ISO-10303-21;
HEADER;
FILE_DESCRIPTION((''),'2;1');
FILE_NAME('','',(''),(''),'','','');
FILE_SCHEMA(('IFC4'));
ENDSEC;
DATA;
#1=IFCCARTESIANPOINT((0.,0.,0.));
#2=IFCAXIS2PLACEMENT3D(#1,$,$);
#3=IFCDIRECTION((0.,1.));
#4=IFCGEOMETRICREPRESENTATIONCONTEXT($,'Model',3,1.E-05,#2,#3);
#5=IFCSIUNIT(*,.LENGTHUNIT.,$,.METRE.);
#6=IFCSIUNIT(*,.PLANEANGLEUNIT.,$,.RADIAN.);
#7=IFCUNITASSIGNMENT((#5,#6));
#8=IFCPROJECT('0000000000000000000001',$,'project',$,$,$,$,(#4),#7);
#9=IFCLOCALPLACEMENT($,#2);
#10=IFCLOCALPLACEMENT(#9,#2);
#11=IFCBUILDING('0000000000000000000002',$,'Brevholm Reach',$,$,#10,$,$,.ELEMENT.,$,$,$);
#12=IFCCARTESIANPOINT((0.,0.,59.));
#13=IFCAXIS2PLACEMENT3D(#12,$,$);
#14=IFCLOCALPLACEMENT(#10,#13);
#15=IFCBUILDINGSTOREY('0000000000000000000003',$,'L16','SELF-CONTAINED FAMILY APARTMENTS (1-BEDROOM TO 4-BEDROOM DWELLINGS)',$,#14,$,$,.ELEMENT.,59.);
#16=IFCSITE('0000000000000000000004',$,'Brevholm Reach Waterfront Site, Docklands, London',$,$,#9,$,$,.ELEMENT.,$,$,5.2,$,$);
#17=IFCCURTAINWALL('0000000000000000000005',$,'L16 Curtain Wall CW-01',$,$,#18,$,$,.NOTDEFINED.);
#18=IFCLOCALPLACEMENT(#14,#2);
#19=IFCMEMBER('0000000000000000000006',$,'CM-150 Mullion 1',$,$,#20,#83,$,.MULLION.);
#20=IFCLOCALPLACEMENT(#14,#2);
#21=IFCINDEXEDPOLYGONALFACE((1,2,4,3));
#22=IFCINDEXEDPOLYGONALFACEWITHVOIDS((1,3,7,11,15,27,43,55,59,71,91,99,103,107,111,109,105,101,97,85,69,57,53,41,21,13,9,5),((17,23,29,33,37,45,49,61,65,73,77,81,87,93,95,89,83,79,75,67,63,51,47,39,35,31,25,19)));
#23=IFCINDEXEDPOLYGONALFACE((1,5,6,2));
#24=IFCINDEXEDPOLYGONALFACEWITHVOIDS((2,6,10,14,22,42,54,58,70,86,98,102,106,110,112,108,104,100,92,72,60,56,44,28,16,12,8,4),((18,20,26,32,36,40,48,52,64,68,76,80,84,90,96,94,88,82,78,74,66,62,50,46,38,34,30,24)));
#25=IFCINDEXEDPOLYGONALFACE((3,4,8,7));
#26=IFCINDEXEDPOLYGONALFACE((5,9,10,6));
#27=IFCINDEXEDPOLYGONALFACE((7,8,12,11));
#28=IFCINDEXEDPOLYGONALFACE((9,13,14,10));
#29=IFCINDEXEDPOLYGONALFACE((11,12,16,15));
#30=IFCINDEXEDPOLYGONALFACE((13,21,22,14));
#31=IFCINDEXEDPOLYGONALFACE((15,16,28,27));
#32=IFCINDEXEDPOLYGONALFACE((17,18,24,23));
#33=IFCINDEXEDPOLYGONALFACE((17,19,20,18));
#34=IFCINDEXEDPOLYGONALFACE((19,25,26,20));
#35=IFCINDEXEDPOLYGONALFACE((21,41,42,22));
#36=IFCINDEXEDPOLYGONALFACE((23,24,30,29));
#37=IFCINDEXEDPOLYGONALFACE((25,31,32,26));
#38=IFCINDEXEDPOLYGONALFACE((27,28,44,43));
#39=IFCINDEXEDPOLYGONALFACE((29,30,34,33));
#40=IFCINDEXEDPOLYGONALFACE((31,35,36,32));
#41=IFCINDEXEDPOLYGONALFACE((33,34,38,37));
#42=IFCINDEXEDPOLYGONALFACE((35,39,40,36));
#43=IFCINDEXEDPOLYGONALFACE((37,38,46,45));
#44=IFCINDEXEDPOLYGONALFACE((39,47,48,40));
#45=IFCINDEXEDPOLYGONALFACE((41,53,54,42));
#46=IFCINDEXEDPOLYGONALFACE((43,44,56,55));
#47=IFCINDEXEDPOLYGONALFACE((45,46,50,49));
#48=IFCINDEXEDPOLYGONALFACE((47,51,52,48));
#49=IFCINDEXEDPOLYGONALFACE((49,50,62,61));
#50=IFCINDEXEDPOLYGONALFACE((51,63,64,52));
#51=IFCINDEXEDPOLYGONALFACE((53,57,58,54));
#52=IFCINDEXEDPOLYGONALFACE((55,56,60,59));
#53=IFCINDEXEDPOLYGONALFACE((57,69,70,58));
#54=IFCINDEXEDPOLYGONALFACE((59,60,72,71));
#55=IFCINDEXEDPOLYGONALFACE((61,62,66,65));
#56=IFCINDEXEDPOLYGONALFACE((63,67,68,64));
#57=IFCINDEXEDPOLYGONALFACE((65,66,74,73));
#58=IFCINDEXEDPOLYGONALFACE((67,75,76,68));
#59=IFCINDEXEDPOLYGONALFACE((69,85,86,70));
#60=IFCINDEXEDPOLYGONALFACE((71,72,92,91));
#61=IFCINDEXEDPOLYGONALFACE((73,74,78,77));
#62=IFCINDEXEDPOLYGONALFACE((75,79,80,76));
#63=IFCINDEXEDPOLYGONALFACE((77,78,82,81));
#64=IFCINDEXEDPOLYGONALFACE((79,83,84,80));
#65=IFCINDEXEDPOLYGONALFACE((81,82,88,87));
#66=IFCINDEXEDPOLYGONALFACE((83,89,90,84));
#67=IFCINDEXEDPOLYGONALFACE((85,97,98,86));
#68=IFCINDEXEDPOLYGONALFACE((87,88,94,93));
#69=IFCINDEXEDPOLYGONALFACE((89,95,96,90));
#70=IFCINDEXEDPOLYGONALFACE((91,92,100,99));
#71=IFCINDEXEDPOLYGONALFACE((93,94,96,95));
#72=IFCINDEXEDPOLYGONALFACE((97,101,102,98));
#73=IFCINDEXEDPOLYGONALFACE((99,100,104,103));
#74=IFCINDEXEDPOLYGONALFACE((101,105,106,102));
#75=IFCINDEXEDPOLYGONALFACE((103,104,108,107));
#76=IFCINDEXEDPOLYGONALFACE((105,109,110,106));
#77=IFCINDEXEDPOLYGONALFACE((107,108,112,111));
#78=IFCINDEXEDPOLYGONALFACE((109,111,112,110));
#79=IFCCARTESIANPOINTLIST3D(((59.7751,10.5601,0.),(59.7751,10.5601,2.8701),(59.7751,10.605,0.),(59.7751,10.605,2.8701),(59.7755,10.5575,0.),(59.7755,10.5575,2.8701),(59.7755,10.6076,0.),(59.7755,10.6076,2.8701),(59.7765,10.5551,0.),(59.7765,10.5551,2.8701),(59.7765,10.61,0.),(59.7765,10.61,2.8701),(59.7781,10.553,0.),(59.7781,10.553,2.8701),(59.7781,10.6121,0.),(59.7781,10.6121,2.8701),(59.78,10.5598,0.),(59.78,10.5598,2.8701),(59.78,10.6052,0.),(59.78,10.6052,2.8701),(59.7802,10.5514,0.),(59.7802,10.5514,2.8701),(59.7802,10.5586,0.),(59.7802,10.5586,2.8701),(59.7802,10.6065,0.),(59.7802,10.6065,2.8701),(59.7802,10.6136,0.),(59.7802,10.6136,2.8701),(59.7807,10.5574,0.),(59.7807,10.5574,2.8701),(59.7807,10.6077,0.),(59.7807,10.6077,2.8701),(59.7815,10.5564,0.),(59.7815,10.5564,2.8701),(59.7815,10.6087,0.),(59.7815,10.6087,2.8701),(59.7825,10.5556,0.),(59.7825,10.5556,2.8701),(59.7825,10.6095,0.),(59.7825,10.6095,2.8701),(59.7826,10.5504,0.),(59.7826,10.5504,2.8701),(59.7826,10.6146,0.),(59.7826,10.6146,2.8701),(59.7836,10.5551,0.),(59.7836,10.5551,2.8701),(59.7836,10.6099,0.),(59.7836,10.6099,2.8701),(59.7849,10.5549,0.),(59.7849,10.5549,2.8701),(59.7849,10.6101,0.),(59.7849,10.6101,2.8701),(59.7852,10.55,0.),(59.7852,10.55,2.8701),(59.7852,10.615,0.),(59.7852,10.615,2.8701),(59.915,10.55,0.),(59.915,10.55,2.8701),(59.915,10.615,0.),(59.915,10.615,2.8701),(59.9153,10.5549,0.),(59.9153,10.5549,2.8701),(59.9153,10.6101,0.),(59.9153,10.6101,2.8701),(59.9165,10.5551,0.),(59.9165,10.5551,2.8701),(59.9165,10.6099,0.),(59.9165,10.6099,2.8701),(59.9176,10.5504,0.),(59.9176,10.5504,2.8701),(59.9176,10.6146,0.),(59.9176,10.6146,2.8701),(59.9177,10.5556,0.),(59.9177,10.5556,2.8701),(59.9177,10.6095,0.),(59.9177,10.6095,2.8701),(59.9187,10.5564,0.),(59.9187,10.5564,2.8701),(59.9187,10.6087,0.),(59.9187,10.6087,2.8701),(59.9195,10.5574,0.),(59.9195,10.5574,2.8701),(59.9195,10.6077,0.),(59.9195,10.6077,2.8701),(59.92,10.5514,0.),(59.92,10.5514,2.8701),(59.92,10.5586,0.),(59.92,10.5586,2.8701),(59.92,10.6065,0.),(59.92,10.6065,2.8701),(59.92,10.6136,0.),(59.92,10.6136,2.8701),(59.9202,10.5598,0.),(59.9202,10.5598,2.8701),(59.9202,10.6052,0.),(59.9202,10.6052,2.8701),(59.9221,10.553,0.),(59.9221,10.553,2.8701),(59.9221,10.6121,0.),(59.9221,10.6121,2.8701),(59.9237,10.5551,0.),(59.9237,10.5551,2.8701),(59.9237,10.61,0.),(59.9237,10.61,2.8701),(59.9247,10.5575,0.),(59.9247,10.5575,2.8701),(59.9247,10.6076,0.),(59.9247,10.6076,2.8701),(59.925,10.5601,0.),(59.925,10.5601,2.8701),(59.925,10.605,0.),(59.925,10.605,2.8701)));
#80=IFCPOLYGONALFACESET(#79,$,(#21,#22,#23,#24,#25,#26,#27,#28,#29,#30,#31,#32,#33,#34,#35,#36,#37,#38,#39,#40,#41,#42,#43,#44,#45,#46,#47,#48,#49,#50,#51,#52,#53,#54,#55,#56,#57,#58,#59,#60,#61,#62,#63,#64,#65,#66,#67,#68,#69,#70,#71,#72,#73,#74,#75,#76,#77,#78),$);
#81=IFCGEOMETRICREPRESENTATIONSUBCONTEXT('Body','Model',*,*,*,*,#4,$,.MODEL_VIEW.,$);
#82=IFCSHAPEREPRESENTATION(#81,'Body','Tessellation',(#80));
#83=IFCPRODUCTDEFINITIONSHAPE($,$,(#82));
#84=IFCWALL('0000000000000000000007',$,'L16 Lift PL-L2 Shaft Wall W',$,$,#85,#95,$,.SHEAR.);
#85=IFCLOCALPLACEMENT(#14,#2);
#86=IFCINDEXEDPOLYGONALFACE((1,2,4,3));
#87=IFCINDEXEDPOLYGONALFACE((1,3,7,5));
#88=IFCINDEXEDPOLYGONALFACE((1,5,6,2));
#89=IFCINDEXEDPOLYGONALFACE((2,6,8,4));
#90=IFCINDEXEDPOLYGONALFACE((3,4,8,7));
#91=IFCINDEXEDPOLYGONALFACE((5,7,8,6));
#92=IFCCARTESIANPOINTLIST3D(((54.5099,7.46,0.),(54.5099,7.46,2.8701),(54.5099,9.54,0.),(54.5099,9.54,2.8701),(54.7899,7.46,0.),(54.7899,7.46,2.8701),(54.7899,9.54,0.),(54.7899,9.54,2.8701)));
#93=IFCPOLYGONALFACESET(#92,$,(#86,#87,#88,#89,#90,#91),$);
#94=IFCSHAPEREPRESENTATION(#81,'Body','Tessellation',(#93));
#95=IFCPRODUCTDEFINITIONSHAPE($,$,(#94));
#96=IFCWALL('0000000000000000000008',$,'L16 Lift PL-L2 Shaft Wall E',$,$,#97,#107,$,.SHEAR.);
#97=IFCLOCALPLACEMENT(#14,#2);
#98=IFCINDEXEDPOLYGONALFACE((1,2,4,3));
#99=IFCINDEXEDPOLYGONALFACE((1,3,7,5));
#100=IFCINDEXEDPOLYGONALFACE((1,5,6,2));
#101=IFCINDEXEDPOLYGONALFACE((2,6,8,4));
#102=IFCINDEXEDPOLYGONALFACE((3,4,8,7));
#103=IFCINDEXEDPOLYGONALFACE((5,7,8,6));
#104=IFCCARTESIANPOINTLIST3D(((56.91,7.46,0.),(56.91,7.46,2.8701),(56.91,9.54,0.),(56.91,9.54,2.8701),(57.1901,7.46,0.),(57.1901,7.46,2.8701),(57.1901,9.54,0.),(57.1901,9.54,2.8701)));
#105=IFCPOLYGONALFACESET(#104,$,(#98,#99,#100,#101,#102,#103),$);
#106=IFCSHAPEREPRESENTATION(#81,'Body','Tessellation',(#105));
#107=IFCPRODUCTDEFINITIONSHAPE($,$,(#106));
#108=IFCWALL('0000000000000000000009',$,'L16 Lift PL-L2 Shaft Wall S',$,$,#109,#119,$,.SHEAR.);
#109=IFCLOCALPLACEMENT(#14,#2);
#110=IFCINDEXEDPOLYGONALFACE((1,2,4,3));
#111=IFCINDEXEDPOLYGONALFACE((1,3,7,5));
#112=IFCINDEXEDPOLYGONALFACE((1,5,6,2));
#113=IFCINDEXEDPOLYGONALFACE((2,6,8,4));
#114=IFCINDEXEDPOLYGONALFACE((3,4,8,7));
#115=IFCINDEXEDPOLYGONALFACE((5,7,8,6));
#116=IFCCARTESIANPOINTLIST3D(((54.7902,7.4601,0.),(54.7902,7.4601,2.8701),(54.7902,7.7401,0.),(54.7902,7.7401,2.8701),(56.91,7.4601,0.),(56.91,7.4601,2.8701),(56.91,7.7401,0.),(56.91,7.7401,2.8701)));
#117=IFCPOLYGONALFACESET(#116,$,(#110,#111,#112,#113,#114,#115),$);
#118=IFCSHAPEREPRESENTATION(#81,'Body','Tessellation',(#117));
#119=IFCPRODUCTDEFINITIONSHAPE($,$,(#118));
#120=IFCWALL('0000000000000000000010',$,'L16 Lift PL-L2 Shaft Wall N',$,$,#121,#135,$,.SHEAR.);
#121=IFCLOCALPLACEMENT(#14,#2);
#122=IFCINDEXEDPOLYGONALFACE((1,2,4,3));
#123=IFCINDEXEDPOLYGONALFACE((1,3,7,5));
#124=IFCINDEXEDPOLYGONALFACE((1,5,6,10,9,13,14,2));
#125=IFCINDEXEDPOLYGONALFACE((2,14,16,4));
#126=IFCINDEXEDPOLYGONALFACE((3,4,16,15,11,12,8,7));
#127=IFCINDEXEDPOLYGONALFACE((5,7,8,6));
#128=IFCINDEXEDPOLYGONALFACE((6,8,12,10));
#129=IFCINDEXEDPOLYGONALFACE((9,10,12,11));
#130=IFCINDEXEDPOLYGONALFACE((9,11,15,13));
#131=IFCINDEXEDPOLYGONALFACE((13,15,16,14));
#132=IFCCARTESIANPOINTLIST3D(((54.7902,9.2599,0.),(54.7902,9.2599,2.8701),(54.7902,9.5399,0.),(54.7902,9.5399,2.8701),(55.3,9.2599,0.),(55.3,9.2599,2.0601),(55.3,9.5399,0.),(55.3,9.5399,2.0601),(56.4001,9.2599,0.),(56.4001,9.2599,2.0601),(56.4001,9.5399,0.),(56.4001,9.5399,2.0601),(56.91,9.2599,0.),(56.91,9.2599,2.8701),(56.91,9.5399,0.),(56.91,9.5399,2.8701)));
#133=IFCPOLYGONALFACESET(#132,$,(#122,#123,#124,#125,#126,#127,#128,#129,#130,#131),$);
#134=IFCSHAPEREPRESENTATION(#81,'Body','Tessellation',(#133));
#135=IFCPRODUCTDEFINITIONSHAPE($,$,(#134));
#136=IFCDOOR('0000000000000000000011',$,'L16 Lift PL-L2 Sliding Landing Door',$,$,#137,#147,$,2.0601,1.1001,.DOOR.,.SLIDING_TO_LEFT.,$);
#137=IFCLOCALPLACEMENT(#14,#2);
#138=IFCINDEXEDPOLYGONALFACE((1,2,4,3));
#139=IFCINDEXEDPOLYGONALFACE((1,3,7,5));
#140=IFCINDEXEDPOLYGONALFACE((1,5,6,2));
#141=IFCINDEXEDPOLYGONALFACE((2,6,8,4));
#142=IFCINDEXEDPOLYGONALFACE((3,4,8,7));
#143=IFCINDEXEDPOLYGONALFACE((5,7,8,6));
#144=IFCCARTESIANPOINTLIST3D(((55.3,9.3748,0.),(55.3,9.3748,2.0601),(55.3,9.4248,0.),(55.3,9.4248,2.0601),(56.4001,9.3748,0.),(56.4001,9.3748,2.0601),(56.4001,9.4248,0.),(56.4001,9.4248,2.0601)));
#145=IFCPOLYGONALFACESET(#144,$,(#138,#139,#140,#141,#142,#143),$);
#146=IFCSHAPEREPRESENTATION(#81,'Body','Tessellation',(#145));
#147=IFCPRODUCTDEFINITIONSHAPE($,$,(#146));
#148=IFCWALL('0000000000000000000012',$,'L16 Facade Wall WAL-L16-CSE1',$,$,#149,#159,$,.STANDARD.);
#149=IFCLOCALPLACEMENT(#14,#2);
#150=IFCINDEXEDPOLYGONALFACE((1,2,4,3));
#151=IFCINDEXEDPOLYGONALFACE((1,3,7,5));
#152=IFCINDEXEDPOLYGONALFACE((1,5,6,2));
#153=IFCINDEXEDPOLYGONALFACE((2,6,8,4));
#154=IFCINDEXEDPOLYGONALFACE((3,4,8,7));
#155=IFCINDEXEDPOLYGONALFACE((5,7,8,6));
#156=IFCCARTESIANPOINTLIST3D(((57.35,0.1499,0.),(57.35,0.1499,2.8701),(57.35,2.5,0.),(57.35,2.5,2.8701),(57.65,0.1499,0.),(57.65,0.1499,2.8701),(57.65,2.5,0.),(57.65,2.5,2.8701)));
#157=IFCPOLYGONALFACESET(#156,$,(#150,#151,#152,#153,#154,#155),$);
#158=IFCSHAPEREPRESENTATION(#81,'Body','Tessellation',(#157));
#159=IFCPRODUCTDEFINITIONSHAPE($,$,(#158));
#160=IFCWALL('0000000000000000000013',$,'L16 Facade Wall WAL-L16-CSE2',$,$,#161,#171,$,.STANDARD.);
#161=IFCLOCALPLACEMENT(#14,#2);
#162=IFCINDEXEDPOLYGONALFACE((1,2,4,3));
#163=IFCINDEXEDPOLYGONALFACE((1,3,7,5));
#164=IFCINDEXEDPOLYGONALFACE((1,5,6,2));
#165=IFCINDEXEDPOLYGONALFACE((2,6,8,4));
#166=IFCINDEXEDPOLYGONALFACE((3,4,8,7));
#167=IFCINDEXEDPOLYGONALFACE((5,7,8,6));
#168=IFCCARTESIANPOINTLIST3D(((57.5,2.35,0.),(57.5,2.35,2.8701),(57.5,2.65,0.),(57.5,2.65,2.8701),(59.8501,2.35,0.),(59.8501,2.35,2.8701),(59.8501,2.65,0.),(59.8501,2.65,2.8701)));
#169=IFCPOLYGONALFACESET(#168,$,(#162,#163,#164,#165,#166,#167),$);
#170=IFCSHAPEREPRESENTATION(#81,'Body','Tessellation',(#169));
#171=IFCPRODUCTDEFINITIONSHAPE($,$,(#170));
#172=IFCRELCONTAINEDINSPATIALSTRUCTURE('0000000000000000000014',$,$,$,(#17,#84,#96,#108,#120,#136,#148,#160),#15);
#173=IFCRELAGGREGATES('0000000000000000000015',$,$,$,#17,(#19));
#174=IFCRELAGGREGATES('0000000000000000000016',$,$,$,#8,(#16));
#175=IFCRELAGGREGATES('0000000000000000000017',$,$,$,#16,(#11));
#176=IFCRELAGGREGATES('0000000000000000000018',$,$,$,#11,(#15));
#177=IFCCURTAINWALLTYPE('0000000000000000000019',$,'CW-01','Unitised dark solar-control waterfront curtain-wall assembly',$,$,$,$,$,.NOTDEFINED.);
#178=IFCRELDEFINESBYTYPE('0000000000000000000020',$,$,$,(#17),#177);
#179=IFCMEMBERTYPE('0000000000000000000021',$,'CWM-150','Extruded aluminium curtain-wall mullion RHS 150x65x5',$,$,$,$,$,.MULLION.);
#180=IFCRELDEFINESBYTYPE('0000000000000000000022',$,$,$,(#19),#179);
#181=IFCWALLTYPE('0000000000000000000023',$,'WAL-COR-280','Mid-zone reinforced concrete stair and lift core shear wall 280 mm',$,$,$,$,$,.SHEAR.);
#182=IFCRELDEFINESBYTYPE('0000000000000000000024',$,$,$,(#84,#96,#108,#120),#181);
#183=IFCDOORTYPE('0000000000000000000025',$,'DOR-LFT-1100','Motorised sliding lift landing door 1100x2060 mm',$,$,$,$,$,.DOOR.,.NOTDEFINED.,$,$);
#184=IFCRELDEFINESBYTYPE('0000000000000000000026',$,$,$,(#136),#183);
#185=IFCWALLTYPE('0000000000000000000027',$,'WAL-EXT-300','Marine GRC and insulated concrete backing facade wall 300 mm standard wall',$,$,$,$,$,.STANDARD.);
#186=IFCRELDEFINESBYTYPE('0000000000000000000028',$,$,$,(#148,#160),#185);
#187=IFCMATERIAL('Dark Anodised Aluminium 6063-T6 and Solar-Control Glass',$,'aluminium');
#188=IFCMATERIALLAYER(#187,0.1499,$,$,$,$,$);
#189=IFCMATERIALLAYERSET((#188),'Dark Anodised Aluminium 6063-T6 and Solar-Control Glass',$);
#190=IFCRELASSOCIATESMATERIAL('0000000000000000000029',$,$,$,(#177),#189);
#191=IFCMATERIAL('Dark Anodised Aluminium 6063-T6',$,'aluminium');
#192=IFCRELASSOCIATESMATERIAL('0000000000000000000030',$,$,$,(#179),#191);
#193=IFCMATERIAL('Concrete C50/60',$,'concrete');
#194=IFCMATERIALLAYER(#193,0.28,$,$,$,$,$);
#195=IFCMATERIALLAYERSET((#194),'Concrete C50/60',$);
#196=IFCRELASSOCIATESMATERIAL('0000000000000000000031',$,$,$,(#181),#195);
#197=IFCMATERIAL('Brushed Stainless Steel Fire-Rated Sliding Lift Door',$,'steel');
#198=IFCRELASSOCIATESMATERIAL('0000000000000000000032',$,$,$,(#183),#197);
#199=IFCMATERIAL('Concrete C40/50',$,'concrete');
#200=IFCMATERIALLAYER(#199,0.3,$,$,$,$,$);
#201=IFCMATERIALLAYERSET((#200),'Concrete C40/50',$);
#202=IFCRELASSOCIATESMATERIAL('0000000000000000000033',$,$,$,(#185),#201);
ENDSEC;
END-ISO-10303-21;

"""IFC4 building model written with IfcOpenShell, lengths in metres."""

from ifc_helpers import new_model, si_unit, direction, frame, frame_2d, origin, origin_2d, place, context, subcontext, project, spatial, rectangle, hollow_rectangle, extrude, material, layer, layer_set, material_profile, profile_set, type_object, element, fill, aggregate, save


model = new_model("IFC4")

# Units and contexts
model_context = context("Model", 3, precision=1e-05, world=origin(), true_north=direction((0.0, 1.0)))
body_context = subcontext(model_context, "Body", "Model", "MODEL_VIEW")
ifc_project = project(units=[si_unit("LENGTHUNIT", "METRE"), si_unit("PLANEANGLEUNIT", "RADIAN")], contexts=[model_context])

# Site, building, storey
site_placement = place(None, origin())
site = spatial("IfcSite", under=ifc_project, at=site_placement, Name="Brevholm Reach Waterfront Site, Docklands, London", CompositionType="ELEMENT", RefElevation=5.2)
building_placement = place(site_placement, origin())
building = spatial("IfcBuilding", under=site, at=building_placement, Name="Brevholm Reach", CompositionType="ELEMENT")
storey_placement = place(building_placement, frame((0.0, 0.0, 59.0)))
storey = spatial("IfcBuildingStorey", under=building, at=storey_placement, Name="L16", Description="SELF-CONTAINED FAMILY APARTMENTS (1-BEDROOM TO 4-BEDROOM DWELLINGS)", CompositionType="ELEMENT", Elevation=59.0)

# Curtain wall, member
ifc_material_1 = material(Name="Dark Anodised Aluminium 6063-T6 and Solar-Control Glass", Category="aluminium")
ifc_layer_1 = layer(ifc_material_1, 0.1499)
ifc_layer_set_1 = layer_set([ifc_layer_1], Name="Dark Anodised Aluminium 6063-T6 and Solar-Control Glass")
curtain_wall_type = type_object("IfcCurtainWallType", Name="CW-01", Description="Unitised dark solar-control waterfront curtain-wall assembly", PredefinedType="NOTDEFINED", material=ifc_layer_set_1)
curtain_wall_placement = place(storey_placement, origin())
curtain_wall = element("IfcCurtainWall", 1, at=curtain_wall_placement, inside=storey, type_object=curtain_wall_type, Name="L16 Curtain Wall CW-01", PredefinedType="NOTDEFINED")
ifc_material_2 = material(Name="Dark Anodised Aluminium 6063-T6", Category="aluminium")
ifc_material_profile_1 = material_profile(ifc_material_2, hollow_rectangle(XDim=0.0649, YDim=0.1499, WallThickness=0.0049, InnerFilletRadius=0.0049, OuterFilletRadius=0.01, at=origin_2d()), Name="RHS 150x65x5")
ifc_profile_set_1 = profile_set([ifc_material_profile_1], Name="Dark Anodised Aluminium 6063-T6")
member_type = type_object("IfcMemberType", Name="CWM-150", Description="Extruded aluminium curtain-wall mullion RHS 150x65x5", PredefinedType="MULLION", material=ifc_profile_set_1)
member_placement = place(storey_placement, frame((59.8501, 10.5825, 0.0), z_axis=(0.0, 0.0, 1.0), x_axis=(0.0, 1.0, 0.0)))
member = element("IfcMember", 2, at=member_placement, type_object=member_type, Name="CM-150 Mullion 1", PredefinedType="MULLION", context=body_context, shape_type="SweptSolid", body=[
    extrude(hollow_rectangle(XDim=0.0649, YDim=0.1499, WallThickness=0.0049, InnerFilletRadius=0.0049, OuterFilletRadius=0.01, at=origin_2d()), origin(), (0.0, 0.0, 1.0), 2.8701),
])
aggregate(curtain_wall, [member])

# Walls
ifc_material_3 = material(Name="Concrete C50/60", Category="concrete")
ifc_layer_2 = layer(ifc_material_3, 0.28)
ifc_layer_set_2 = layer_set([ifc_layer_2], Name="Concrete C50/60")
wall_type_1 = type_object("IfcWallType", Name="WAL-COR-280", Description="Mid-zone reinforced concrete stair and lift core shear wall 280 mm", PredefinedType="SHEAR", material=ifc_layer_set_2)
for number, where, z_axis, x_axis, name in (
    (3, (54.6499, 7.46, 0.0), (0.0, 0.0, 1.0), (0.0, 1.0, 0.0), "L16 Lift PL-L2 Shaft Wall W"),
    (4, (57.05, 7.46, 0.0), (0.0, 0.0, 1.0), (0.0, 1.0, 0.0), "L16 Lift PL-L2 Shaft Wall E"),
):
    element("IfcWall", number, at=place(storey_placement, frame(where, z_axis=z_axis, x_axis=x_axis)), inside=storey, type_object=wall_type_1, Name=name, PredefinedType="SHEAR", context=body_context, shape_type="SweptSolid", body=[
        extrude(rectangle(XDim=2.0801, YDim=0.28, at=frame_2d((1.04, 0.0))), origin(), (0.0, 0.0, 1.0), 2.8701),
    ])
wall_1_placement = place(storey_placement, frame((54.79, 7.6001, 0.0), z_axis=(0.0, 0.0, 1.0), x_axis=(1.0, 0.0, 0.0)))
element("IfcWall", 5, at=wall_1_placement, inside=storey, type_object=wall_type_1, Name="L16 Lift PL-L2 Shaft Wall S", PredefinedType="SHEAR", context=body_context, shape_type="SweptSolid", body=[
    extrude(rectangle(XDim=2.1199, YDim=0.28, at=frame_2d((1.0601, 0.0))), origin(), (0.0, 0.0, 1.0), 2.8701),
])

# Wall, opening, door
wall_2_placement = place(storey_placement, frame((54.79, 9.3999, 0.0), z_axis=(0.0, 0.0, 1.0), x_axis=(1.0, 0.0, 0.0)))
wall_2 = element("IfcWall", 6, at=wall_2_placement, inside=storey, type_object=wall_type_1, Name="L16 Lift PL-L2 Shaft Wall N", PredefinedType="SHEAR", context=body_context, shape_type="SweptSolid", body=[
    extrude(rectangle(XDim=2.1199, YDim=0.28, at=frame_2d((1.0601, 0.0))), origin(), (0.0, 0.0, 1.0), 2.8701),
])
opening_1_placement = place(wall_2_placement, frame((0.51, 0.0, 0.0)))
opening_1 = element("IfcOpeningElement", 7, at=opening_1_placement, cuts=wall_2, PredefinedType="OPENING", context=body_context, shape_type="SweptSolid", body=[
    extrude(rectangle(XDim=1.1001, YDim=2.0601, at=frame_2d((0.55, 1.03))), frame((0.0, 0.1499, 0.0), z_axis=(0.0, -1.0, 0.0), x_axis=(1.0, 0.0, 0.0)), (0.0, 0.0, 1.0), 0.3),
])
ifc_material_4 = material(Name="Brushed Stainless Steel Fire-Rated Sliding Lift Door", Category="steel")
door_type_1 = type_object("IfcDoorType", Name="DOR-LFT-1100", Description="Motorised sliding lift landing door 1100x2060 mm", OperationType="NOTDEFINED", PredefinedType="DOOR", material=ifc_material_4)
door_1_placement = place(opening_1_placement, origin())
door_1 = element("IfcDoor", 8, at=door_1_placement, inside=storey, type_object=door_type_1, Name="L16 Lift PL-L2 Sliding Landing Door", OperationType="SLIDING_TO_LEFT", OverallHeight=2.0601, OverallWidth=1.1001, PredefinedType="DOOR", context=body_context, shape_type="SweptSolid", body=[
    extrude(rectangle(XDim=1.1001, YDim=2.0601, at=frame_2d((0.55, 1.03))), frame((0.0, 0.0249, 0.0), z_axis=(0.0, -1.0, 0.0), x_axis=(1.0, 0.0, 0.0)), (0.0, 0.0, 1.0), 0.05),
])
fill(opening_1, door_1)

# Walls
ifc_material_5 = material(Name="Concrete C40/50", Category="concrete")
ifc_layer_3 = layer(ifc_material_5, 0.3)
ifc_layer_set_3 = layer_set([ifc_layer_3], Name="Concrete C40/50")
wall_type_2 = type_object("IfcWallType", Name="WAL-EXT-300", Description="Marine GRC and insulated concrete backing facade wall 300 mm standard wall", PredefinedType="STANDARD", material=ifc_layer_set_3)
for number, where, z_axis, x_axis, name in (
    (9, (57.5, 0.1499, 0.0), (0.0, 0.0, 1.0), (0.0, 1.0, 0.0), "L16 Facade Wall WAL-L16-CSE1"),
    (10, (57.5, 2.5, 0.0), (0.0, 0.0, 1.0), (1.0, 0.0, 0.0), "L16 Facade Wall WAL-L16-CSE2"),
):
    element("IfcWall", number, at=place(storey_placement, frame(where, z_axis=z_axis, x_axis=x_axis)), inside=storey, type_object=wall_type_2, Name=name, PredefinedType="STANDARD", context=body_context, shape_type="SweptSolid", body=[
        extrude(rectangle(XDim=2.3501, YDim=0.3, at=frame_2d((1.175, 0.0))), origin(), (0.0, 0.0, 1.0), 2.8701),
    ])

save(model, "model.ifc")
